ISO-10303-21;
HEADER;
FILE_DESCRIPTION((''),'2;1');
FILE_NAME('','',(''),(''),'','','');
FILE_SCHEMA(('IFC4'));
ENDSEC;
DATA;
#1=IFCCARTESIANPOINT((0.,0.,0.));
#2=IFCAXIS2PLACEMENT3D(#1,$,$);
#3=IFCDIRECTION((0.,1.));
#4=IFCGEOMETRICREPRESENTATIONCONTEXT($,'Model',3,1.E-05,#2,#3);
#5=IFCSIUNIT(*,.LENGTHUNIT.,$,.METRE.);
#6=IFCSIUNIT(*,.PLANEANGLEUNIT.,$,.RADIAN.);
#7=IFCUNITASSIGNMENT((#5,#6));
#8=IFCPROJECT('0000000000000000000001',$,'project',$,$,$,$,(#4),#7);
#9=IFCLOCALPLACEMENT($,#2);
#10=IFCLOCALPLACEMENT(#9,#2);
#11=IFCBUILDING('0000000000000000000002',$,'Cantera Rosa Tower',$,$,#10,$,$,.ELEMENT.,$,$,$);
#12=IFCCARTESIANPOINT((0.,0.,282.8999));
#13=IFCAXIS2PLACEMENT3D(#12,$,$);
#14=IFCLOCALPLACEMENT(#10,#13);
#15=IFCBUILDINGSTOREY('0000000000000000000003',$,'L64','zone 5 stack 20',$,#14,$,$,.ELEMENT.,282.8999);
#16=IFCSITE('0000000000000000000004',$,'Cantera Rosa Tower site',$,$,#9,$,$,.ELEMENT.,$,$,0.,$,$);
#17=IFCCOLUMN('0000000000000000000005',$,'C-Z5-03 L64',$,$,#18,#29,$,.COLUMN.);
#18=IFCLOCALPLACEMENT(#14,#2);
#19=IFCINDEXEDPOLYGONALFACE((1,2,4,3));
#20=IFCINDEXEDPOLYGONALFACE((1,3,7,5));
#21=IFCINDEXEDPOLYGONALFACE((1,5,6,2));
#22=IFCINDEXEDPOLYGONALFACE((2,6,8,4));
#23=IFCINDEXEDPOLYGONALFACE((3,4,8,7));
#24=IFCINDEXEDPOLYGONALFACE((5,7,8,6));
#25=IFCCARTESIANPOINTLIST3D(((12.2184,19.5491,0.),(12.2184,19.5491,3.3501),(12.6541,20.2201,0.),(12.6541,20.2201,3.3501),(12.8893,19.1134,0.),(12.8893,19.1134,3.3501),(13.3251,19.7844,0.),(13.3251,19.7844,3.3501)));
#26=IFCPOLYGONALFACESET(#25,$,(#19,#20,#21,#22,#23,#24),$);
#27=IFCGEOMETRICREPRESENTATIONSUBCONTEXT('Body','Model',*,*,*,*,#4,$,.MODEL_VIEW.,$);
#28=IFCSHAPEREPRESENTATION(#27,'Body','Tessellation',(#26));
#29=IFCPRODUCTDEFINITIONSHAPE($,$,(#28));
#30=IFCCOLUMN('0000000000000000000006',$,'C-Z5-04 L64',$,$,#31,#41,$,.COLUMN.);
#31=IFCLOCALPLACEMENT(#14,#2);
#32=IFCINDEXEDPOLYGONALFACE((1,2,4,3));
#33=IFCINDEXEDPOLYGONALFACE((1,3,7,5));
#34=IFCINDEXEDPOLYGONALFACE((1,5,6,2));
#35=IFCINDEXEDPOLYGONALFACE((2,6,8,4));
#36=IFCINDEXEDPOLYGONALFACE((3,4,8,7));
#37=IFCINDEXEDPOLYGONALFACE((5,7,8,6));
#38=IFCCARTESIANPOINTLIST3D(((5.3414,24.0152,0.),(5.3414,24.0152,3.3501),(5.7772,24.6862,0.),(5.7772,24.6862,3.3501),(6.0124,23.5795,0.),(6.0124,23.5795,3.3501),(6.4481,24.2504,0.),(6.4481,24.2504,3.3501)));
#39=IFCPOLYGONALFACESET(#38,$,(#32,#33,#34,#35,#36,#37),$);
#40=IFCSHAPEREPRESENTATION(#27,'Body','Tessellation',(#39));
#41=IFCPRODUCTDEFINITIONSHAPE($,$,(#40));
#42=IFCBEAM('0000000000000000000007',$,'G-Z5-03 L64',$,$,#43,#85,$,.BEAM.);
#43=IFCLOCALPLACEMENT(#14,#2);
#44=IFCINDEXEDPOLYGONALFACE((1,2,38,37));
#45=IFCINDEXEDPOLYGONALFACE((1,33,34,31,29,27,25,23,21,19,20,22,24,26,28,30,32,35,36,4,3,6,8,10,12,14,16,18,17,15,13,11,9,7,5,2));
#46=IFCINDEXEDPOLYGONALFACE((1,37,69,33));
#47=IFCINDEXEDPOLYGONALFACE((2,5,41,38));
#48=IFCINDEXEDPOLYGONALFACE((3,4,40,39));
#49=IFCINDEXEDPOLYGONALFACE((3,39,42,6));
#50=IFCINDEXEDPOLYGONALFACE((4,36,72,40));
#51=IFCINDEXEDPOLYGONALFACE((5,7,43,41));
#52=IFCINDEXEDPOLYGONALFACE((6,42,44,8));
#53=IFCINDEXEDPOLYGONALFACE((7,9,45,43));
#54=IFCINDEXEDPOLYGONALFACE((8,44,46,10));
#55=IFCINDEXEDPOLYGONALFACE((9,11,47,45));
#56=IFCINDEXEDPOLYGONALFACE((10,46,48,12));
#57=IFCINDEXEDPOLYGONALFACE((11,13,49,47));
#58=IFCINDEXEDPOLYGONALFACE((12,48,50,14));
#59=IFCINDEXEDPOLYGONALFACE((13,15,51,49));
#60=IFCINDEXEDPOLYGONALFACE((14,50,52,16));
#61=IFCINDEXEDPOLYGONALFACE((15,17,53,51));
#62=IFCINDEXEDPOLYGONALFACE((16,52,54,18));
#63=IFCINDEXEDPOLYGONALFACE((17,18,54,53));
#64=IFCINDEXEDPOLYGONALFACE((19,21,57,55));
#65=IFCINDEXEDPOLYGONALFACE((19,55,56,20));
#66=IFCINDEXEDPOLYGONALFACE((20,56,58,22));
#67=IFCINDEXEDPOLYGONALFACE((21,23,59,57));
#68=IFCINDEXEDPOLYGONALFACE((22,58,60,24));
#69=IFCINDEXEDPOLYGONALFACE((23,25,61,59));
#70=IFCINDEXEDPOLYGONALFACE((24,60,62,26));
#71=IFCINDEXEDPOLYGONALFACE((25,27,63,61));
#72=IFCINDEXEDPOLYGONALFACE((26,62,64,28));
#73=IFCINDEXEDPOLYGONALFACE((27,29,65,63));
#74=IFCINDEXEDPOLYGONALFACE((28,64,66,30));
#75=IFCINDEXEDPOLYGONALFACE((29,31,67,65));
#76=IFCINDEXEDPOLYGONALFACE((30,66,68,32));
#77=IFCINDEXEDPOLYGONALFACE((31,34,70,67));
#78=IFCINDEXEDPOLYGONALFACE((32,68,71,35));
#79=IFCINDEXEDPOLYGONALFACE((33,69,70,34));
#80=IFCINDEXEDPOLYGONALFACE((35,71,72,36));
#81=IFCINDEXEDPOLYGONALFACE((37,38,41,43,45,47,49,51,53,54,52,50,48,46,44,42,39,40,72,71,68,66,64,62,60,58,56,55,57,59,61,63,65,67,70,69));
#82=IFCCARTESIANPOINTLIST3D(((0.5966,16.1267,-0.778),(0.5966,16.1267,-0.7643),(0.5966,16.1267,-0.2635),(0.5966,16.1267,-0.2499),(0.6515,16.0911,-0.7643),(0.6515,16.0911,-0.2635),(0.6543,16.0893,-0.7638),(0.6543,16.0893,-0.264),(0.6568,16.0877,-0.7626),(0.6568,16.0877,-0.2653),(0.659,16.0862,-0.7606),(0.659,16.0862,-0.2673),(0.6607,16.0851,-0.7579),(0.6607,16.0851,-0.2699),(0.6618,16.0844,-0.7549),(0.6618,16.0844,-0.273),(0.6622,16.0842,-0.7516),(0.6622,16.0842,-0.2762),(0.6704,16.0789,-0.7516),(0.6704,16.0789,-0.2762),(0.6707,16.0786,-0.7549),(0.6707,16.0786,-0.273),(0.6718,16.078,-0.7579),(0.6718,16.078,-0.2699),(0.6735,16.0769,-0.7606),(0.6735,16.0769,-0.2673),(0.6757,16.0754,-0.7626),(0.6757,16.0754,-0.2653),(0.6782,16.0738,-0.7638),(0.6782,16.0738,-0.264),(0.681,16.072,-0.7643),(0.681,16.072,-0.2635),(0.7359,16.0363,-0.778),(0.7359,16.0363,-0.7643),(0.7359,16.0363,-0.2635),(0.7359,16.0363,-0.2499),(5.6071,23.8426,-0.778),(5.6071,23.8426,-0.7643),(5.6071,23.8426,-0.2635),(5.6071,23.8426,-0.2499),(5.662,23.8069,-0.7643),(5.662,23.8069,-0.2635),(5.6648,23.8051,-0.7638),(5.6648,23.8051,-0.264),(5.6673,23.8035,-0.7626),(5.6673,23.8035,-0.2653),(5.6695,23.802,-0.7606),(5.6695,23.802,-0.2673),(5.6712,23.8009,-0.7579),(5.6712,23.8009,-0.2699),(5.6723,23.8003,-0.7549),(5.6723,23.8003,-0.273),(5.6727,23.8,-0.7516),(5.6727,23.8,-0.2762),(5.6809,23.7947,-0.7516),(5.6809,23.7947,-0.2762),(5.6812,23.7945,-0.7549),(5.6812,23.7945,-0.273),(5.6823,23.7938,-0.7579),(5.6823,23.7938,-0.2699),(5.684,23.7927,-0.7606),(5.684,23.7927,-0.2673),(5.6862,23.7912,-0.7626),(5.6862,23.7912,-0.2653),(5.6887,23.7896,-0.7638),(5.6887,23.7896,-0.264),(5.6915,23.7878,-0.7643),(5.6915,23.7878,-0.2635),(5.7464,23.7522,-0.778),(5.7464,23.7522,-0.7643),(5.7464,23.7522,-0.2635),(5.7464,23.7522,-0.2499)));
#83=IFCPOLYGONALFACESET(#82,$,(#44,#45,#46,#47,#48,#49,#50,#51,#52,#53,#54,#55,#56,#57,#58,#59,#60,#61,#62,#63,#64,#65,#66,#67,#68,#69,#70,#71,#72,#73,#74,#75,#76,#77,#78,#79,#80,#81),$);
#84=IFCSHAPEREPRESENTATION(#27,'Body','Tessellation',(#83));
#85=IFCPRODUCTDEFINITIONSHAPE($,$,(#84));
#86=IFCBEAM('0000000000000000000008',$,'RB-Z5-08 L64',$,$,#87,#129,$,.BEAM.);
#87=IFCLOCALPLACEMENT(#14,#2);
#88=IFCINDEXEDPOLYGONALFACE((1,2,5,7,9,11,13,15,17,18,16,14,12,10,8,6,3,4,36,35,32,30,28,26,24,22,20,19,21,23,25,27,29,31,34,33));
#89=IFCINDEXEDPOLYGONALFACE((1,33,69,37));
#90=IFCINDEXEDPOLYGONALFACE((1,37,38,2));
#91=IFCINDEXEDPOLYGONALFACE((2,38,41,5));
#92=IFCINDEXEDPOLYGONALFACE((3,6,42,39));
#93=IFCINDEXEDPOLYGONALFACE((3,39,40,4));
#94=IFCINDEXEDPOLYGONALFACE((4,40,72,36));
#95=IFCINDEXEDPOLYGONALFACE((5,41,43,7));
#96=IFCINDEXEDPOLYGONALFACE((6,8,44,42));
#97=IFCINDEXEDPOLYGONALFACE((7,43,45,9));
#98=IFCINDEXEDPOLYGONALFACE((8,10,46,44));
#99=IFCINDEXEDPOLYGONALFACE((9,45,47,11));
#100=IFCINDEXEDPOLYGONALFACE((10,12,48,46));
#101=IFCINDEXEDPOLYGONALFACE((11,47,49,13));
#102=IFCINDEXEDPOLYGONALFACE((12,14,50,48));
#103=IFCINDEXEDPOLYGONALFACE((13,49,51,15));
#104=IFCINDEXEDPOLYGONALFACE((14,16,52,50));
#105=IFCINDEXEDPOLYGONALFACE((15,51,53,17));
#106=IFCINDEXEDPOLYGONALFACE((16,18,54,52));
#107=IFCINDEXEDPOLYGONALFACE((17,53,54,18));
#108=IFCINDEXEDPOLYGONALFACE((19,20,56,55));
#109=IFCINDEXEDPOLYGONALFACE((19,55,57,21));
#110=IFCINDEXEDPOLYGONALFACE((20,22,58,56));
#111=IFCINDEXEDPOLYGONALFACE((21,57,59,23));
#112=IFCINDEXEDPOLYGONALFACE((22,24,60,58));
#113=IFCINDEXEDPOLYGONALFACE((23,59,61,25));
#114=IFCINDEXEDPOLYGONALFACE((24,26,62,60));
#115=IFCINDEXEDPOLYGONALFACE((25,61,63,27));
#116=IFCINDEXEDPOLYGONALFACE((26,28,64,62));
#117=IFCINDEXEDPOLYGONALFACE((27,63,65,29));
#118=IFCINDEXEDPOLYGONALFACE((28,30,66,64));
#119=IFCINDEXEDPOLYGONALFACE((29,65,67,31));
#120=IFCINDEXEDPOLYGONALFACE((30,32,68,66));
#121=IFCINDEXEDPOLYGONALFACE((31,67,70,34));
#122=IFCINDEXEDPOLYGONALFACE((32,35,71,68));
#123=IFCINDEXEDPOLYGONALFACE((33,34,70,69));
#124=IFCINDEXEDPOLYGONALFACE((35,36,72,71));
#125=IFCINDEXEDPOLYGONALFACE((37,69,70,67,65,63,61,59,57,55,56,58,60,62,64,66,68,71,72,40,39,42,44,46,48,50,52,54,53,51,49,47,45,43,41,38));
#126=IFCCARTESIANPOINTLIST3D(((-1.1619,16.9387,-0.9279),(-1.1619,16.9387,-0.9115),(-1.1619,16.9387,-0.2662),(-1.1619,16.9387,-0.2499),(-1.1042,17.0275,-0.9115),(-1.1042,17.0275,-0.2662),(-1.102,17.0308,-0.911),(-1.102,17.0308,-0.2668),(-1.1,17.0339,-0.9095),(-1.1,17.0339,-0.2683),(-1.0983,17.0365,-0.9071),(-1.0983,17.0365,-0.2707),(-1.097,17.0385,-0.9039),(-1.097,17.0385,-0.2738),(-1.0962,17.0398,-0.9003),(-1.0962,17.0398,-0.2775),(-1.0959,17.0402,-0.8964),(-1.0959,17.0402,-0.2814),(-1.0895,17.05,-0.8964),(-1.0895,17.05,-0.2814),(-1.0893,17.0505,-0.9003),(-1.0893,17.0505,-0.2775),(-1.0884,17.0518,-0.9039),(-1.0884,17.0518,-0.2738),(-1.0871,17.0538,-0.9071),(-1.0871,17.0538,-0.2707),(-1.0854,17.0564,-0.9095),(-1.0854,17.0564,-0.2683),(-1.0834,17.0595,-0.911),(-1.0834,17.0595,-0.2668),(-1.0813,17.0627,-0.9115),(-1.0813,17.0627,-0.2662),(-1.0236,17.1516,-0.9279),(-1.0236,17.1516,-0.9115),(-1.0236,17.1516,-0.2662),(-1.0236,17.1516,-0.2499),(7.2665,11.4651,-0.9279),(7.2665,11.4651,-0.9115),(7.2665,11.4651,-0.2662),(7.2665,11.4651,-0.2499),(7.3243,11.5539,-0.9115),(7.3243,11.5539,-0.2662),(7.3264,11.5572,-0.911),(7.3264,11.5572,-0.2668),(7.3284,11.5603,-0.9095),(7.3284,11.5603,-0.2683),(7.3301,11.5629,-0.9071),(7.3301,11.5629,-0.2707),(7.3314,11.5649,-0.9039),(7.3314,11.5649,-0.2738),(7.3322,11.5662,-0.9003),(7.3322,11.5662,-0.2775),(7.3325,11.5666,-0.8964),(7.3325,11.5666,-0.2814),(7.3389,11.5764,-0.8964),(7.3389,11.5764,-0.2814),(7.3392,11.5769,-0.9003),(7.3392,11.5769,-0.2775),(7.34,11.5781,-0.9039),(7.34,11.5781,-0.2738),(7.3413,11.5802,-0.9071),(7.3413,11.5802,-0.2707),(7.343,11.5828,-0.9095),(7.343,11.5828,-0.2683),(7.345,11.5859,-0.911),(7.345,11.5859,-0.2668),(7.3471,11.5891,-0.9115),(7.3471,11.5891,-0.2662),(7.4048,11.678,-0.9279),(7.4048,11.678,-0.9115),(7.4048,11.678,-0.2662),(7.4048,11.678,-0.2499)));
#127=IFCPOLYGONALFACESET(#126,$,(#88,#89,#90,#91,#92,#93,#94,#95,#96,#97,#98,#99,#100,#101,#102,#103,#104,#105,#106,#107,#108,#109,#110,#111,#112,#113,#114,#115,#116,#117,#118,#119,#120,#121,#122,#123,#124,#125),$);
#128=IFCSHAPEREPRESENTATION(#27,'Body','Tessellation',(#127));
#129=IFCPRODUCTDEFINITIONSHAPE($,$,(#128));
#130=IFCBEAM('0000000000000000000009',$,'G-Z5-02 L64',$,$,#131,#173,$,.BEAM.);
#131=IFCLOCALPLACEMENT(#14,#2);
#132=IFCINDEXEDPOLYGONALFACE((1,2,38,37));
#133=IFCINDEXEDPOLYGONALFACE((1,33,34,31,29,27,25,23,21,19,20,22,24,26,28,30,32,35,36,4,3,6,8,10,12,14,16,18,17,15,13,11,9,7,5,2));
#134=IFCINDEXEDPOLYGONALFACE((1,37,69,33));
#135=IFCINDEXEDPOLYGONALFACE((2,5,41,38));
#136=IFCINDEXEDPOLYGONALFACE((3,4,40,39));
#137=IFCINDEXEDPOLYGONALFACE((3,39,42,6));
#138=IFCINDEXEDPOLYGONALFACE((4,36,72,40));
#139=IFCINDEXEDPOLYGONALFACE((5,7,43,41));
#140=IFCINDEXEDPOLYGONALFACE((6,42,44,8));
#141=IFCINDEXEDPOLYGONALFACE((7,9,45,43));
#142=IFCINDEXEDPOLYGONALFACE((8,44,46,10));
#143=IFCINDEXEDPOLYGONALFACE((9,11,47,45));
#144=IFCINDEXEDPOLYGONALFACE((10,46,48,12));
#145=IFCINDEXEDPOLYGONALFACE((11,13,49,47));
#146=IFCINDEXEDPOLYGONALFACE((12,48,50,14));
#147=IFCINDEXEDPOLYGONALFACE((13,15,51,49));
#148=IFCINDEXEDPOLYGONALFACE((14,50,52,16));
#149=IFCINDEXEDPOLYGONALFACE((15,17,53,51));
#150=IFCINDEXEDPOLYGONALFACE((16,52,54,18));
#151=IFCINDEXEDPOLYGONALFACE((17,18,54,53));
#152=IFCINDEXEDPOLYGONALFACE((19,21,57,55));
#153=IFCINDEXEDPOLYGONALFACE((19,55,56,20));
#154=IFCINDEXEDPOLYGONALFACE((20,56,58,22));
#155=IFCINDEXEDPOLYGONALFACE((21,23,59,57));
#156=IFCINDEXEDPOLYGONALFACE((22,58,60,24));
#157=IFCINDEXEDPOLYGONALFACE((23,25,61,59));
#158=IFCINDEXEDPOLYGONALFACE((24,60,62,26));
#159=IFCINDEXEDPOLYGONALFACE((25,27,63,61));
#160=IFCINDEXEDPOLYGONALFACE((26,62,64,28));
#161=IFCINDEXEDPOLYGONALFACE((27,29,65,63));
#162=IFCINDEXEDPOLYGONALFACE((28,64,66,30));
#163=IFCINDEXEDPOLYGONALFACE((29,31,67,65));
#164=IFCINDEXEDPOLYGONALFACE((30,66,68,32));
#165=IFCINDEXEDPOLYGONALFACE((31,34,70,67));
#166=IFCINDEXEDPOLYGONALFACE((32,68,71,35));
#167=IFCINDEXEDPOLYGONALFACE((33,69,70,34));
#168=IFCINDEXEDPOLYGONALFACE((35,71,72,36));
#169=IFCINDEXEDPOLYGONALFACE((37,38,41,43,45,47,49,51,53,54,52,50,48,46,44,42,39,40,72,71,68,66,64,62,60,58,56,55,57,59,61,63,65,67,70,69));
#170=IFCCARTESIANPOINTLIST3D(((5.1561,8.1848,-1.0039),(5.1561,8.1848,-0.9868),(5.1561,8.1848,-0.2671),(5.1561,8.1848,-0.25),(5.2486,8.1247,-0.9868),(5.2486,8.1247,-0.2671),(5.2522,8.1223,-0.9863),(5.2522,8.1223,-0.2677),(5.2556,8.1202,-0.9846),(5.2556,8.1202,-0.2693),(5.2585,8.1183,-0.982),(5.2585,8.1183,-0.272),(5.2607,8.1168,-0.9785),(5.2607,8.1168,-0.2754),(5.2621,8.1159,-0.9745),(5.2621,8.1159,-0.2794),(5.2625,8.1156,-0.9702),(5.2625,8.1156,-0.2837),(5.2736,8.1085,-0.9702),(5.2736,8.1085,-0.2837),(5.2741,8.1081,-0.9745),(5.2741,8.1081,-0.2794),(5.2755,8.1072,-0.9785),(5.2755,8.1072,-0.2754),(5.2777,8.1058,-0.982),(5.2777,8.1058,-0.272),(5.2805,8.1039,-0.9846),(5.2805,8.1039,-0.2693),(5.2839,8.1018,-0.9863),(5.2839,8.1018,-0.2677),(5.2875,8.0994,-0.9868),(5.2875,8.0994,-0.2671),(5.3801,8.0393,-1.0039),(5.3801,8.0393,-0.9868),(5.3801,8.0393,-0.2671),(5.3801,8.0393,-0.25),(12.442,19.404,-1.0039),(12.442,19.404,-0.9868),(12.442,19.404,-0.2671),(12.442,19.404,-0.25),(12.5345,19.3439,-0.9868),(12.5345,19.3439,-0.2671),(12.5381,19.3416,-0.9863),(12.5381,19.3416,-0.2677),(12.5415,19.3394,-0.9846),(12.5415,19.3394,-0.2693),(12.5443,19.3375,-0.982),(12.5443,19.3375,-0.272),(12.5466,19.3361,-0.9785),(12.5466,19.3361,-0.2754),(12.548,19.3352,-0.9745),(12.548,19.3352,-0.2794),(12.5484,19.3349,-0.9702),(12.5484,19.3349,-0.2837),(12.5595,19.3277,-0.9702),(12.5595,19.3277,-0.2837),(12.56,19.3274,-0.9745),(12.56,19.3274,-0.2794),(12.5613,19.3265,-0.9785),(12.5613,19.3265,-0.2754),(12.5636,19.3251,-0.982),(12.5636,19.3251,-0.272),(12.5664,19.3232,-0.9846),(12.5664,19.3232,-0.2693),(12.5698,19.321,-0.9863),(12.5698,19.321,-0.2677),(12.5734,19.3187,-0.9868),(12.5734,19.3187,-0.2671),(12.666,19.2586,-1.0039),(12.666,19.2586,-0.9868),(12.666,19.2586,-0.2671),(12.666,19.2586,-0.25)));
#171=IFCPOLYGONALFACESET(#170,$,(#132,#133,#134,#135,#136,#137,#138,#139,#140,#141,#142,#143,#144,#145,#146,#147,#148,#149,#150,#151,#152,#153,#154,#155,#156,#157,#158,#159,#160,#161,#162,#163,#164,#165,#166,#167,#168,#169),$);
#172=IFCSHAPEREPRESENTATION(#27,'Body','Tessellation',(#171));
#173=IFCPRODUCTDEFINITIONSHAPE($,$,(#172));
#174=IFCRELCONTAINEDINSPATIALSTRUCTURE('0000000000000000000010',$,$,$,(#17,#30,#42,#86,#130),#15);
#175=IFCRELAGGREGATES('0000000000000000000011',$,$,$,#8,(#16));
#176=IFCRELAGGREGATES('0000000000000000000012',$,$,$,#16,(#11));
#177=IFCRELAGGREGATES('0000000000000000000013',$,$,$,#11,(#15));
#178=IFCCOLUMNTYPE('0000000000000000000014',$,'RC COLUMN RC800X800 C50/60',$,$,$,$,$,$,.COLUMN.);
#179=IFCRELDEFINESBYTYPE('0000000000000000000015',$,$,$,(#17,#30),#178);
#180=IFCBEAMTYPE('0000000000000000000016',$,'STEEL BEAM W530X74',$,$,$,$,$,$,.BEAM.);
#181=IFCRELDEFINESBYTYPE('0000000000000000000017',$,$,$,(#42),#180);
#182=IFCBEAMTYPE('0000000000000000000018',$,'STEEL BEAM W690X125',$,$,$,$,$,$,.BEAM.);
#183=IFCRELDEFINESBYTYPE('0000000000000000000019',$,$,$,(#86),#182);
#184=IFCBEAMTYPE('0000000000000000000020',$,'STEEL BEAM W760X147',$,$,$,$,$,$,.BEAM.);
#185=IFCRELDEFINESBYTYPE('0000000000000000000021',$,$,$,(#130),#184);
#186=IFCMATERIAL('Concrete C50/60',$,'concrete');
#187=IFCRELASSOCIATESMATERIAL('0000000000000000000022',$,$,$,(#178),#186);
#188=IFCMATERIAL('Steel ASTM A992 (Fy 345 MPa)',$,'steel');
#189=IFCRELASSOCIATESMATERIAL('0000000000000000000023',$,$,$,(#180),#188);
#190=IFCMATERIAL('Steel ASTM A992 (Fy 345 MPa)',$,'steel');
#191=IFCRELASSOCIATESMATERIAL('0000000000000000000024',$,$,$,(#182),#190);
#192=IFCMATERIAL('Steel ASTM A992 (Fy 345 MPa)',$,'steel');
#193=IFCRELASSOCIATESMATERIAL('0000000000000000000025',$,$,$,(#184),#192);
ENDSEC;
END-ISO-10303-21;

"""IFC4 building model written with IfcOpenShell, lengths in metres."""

from ifc_helpers import new_model, si_unit, direction, frame, origin, origin_2d, place, context, subcontext, project, spatial, rectangle, i_section, extrude, material, material_profile, profile_set, type_object, element, save


model = new_model("IFC4")

# Units and contexts
model_context = context("Model", 3, precision=1e-05, world=origin(), true_north=direction((0.0, 1.0)))
body_context = subcontext(model_context, "Body", "Model", "MODEL_VIEW")
ifc_project = project(units=[si_unit("LENGTHUNIT", "METRE"), si_unit("PLANEANGLEUNIT", "RADIAN")], contexts=[model_context])

# Site, building, storey
site_placement = place(None, origin())
site = spatial("IfcSite", under=ifc_project, at=site_placement, Name="Cantera Rosa Tower site", CompositionType="ELEMENT", RefElevation=0.0)
building_placement = place(site_placement, origin())
building = spatial("IfcBuilding", under=site, at=building_placement, Name="Cantera Rosa Tower", CompositionType="ELEMENT")
storey_placement = place(building_placement, frame((0.0, 0.0, 282.8999)))
storey = spatial("IfcBuildingStorey", under=building, at=storey_placement, Name="L64", Description="zone 5 stack 20", CompositionType="ELEMENT", Elevation=282.8999)

# Columns
ifc_material_1 = material(Name="Concrete C50/60", Category="concrete")
ifc_material_profile_1 = material_profile(ifc_material_1, rectangle(XDim=0.8, YDim=0.8, at=origin_2d()), Name="RC COLUMN RC800X800 C50/60")
ifc_profile_set_1 = profile_set([ifc_material_profile_1], Name="Concrete C50/60")
column_type = type_object("IfcColumnType", Name="RC COLUMN RC800X800 C50/60", PredefinedType="COLUMN", material=ifc_profile_set_1)
for number, where, z_axis, x_axis, name in (
    (1, (12.7717, 19.6667, 0.0), (0.0, 0.0, 1.0), (0.544639, 0.838671, 0.0), "C-Z5-03 L64"),
    (2, (5.8948, 24.1328, 0.0), (0.0, 0.0, 1.0), (0.544639, 0.838671, 0.0), "C-Z5-04 L64"),
):
    element("IfcColumn", number, at=place(storey_placement, frame(where, z_axis=z_axis, x_axis=x_axis)), inside=storey, type_object=column_type, Name=name, PredefinedType="COLUMN", context=body_context, shape_type="SweptSolid", body=[
        extrude(rectangle(XDim=0.8, YDim=0.8, at=origin_2d()), origin(), (0.0, 0.0, 1.0), 3.3501),
    ])

# Beams
ifc_material_2 = material(Name="Steel ASTM A992 (Fy 345 MPa)", Category="steel")
ifc_material_profile_2 = material_profile(ifc_material_2, i_section(OverallWidth=0.166, OverallDepth=0.5281, WebThickness=0.0098, FlangeThickness=0.0137, FilletRadius=0.0127, at=origin_2d()), Name="W530X74")
ifc_profile_set_2 = profile_set([ifc_material_profile_2], Name="Steel ASTM A992 (Fy 345 MPa)")
beam_type_1 = type_object("IfcBeamType", Name="STEEL BEAM W530X74", PredefinedType="BEAM", material=ifc_profile_set_2)
beam_1_placement = place(storey_placement, frame((5.6768, 23.7974, -0.5139), z_axis=(-0.544623, -0.838681, 0.0), x_axis=(0.838681, -0.544623, 0.0)))
element("IfcBeam", 3, at=beam_1_placement, inside=storey, type_object=beam_type_1, Name="G-Z5-03 L64", PredefinedType="BEAM", context=body_context, shape_type="SweptSolid", body=[
    extrude(i_section(OverallWidth=0.166, OverallDepth=0.5281, WebThickness=0.0098, FlangeThickness=0.0137, FilletRadius=0.0127, at=origin_2d()), origin(), (0.0, 0.0, 1.0), 9.2),
])
ifc_material_3 = material(Name="Steel ASTM A992 (Fy 345 MPa)", Category="steel")
ifc_material_profile_3 = material_profile(ifc_material_3, i_section(OverallWidth=0.2539, OverallDepth=0.678, WebThickness=0.0117, FlangeThickness=0.0164, FilletRadius=0.0151, at=origin_2d()), Name="W690X125")
ifc_profile_set_3 = profile_set([ifc_material_profile_3], Name="Steel ASTM A992 (Fy 345 MPa)")
beam_type_2 = type_object("IfcBeamType", Name="STEEL BEAM W690X125", PredefinedType="BEAM", material=ifc_profile_set_3)
beam_2_placement = place(storey_placement, frame((7.3357, 11.5715, -0.5889), z_axis=(-0.838665, 0.544648, 0.0), x_axis=(-0.544648, -0.838665, 0.0)))
element("IfcBeam", 4, at=beam_2_placement, inside=storey, type_object=beam_type_2, Name="RB-Z5-08 L64", PredefinedType="BEAM", context=body_context, shape_type="SweptSolid", body=[
    extrude(i_section(OverallWidth=0.2539, OverallDepth=0.678, WebThickness=0.0117, FlangeThickness=0.0164, FilletRadius=0.0151, at=origin_2d()), origin(), (0.0, 0.0, 1.0), 10.0498),
])
ifc_material_4 = material(Name="Steel ASTM A992 (Fy 345 MPa)", Category="steel")
ifc_material_profile_4 = material_profile(ifc_material_4, i_section(OverallWidth=0.2671, OverallDepth=0.7539, WebThickness=0.0132, FlangeThickness=0.0171, FilletRadius=0.0166, at=origin_2d()), Name="W760X147")
ifc_profile_set_4 = profile_set([ifc_material_profile_4], Name="Steel ASTM A992 (Fy 345 MPa)")
beam_type_3 = type_object("IfcBeamType", Name="STEEL BEAM W760X147", PredefinedType="BEAM", material=ifc_profile_set_4)
beam_3_placement = place(storey_placement, frame((12.554, 19.3313, -0.627), z_axis=(-0.544641, -0.83867, 0.0), x_axis=(0.83867, -0.544641, 0.0)))
element("IfcBeam", 5, at=beam_3_placement, inside=storey, type_object=beam_type_3, Name="G-Z5-02 L64", PredefinedType="BEAM", context=body_context, shape_type="SweptSolid", body=[
    extrude(i_section(OverallWidth=0.2671, OverallDepth=0.7539, WebThickness=0.0132, FlangeThickness=0.0171, FilletRadius=0.0166, at=origin_2d()), origin(), (0.0, 0.0, 1.0), 13.3774),
])

save(model, "model.ifc")
